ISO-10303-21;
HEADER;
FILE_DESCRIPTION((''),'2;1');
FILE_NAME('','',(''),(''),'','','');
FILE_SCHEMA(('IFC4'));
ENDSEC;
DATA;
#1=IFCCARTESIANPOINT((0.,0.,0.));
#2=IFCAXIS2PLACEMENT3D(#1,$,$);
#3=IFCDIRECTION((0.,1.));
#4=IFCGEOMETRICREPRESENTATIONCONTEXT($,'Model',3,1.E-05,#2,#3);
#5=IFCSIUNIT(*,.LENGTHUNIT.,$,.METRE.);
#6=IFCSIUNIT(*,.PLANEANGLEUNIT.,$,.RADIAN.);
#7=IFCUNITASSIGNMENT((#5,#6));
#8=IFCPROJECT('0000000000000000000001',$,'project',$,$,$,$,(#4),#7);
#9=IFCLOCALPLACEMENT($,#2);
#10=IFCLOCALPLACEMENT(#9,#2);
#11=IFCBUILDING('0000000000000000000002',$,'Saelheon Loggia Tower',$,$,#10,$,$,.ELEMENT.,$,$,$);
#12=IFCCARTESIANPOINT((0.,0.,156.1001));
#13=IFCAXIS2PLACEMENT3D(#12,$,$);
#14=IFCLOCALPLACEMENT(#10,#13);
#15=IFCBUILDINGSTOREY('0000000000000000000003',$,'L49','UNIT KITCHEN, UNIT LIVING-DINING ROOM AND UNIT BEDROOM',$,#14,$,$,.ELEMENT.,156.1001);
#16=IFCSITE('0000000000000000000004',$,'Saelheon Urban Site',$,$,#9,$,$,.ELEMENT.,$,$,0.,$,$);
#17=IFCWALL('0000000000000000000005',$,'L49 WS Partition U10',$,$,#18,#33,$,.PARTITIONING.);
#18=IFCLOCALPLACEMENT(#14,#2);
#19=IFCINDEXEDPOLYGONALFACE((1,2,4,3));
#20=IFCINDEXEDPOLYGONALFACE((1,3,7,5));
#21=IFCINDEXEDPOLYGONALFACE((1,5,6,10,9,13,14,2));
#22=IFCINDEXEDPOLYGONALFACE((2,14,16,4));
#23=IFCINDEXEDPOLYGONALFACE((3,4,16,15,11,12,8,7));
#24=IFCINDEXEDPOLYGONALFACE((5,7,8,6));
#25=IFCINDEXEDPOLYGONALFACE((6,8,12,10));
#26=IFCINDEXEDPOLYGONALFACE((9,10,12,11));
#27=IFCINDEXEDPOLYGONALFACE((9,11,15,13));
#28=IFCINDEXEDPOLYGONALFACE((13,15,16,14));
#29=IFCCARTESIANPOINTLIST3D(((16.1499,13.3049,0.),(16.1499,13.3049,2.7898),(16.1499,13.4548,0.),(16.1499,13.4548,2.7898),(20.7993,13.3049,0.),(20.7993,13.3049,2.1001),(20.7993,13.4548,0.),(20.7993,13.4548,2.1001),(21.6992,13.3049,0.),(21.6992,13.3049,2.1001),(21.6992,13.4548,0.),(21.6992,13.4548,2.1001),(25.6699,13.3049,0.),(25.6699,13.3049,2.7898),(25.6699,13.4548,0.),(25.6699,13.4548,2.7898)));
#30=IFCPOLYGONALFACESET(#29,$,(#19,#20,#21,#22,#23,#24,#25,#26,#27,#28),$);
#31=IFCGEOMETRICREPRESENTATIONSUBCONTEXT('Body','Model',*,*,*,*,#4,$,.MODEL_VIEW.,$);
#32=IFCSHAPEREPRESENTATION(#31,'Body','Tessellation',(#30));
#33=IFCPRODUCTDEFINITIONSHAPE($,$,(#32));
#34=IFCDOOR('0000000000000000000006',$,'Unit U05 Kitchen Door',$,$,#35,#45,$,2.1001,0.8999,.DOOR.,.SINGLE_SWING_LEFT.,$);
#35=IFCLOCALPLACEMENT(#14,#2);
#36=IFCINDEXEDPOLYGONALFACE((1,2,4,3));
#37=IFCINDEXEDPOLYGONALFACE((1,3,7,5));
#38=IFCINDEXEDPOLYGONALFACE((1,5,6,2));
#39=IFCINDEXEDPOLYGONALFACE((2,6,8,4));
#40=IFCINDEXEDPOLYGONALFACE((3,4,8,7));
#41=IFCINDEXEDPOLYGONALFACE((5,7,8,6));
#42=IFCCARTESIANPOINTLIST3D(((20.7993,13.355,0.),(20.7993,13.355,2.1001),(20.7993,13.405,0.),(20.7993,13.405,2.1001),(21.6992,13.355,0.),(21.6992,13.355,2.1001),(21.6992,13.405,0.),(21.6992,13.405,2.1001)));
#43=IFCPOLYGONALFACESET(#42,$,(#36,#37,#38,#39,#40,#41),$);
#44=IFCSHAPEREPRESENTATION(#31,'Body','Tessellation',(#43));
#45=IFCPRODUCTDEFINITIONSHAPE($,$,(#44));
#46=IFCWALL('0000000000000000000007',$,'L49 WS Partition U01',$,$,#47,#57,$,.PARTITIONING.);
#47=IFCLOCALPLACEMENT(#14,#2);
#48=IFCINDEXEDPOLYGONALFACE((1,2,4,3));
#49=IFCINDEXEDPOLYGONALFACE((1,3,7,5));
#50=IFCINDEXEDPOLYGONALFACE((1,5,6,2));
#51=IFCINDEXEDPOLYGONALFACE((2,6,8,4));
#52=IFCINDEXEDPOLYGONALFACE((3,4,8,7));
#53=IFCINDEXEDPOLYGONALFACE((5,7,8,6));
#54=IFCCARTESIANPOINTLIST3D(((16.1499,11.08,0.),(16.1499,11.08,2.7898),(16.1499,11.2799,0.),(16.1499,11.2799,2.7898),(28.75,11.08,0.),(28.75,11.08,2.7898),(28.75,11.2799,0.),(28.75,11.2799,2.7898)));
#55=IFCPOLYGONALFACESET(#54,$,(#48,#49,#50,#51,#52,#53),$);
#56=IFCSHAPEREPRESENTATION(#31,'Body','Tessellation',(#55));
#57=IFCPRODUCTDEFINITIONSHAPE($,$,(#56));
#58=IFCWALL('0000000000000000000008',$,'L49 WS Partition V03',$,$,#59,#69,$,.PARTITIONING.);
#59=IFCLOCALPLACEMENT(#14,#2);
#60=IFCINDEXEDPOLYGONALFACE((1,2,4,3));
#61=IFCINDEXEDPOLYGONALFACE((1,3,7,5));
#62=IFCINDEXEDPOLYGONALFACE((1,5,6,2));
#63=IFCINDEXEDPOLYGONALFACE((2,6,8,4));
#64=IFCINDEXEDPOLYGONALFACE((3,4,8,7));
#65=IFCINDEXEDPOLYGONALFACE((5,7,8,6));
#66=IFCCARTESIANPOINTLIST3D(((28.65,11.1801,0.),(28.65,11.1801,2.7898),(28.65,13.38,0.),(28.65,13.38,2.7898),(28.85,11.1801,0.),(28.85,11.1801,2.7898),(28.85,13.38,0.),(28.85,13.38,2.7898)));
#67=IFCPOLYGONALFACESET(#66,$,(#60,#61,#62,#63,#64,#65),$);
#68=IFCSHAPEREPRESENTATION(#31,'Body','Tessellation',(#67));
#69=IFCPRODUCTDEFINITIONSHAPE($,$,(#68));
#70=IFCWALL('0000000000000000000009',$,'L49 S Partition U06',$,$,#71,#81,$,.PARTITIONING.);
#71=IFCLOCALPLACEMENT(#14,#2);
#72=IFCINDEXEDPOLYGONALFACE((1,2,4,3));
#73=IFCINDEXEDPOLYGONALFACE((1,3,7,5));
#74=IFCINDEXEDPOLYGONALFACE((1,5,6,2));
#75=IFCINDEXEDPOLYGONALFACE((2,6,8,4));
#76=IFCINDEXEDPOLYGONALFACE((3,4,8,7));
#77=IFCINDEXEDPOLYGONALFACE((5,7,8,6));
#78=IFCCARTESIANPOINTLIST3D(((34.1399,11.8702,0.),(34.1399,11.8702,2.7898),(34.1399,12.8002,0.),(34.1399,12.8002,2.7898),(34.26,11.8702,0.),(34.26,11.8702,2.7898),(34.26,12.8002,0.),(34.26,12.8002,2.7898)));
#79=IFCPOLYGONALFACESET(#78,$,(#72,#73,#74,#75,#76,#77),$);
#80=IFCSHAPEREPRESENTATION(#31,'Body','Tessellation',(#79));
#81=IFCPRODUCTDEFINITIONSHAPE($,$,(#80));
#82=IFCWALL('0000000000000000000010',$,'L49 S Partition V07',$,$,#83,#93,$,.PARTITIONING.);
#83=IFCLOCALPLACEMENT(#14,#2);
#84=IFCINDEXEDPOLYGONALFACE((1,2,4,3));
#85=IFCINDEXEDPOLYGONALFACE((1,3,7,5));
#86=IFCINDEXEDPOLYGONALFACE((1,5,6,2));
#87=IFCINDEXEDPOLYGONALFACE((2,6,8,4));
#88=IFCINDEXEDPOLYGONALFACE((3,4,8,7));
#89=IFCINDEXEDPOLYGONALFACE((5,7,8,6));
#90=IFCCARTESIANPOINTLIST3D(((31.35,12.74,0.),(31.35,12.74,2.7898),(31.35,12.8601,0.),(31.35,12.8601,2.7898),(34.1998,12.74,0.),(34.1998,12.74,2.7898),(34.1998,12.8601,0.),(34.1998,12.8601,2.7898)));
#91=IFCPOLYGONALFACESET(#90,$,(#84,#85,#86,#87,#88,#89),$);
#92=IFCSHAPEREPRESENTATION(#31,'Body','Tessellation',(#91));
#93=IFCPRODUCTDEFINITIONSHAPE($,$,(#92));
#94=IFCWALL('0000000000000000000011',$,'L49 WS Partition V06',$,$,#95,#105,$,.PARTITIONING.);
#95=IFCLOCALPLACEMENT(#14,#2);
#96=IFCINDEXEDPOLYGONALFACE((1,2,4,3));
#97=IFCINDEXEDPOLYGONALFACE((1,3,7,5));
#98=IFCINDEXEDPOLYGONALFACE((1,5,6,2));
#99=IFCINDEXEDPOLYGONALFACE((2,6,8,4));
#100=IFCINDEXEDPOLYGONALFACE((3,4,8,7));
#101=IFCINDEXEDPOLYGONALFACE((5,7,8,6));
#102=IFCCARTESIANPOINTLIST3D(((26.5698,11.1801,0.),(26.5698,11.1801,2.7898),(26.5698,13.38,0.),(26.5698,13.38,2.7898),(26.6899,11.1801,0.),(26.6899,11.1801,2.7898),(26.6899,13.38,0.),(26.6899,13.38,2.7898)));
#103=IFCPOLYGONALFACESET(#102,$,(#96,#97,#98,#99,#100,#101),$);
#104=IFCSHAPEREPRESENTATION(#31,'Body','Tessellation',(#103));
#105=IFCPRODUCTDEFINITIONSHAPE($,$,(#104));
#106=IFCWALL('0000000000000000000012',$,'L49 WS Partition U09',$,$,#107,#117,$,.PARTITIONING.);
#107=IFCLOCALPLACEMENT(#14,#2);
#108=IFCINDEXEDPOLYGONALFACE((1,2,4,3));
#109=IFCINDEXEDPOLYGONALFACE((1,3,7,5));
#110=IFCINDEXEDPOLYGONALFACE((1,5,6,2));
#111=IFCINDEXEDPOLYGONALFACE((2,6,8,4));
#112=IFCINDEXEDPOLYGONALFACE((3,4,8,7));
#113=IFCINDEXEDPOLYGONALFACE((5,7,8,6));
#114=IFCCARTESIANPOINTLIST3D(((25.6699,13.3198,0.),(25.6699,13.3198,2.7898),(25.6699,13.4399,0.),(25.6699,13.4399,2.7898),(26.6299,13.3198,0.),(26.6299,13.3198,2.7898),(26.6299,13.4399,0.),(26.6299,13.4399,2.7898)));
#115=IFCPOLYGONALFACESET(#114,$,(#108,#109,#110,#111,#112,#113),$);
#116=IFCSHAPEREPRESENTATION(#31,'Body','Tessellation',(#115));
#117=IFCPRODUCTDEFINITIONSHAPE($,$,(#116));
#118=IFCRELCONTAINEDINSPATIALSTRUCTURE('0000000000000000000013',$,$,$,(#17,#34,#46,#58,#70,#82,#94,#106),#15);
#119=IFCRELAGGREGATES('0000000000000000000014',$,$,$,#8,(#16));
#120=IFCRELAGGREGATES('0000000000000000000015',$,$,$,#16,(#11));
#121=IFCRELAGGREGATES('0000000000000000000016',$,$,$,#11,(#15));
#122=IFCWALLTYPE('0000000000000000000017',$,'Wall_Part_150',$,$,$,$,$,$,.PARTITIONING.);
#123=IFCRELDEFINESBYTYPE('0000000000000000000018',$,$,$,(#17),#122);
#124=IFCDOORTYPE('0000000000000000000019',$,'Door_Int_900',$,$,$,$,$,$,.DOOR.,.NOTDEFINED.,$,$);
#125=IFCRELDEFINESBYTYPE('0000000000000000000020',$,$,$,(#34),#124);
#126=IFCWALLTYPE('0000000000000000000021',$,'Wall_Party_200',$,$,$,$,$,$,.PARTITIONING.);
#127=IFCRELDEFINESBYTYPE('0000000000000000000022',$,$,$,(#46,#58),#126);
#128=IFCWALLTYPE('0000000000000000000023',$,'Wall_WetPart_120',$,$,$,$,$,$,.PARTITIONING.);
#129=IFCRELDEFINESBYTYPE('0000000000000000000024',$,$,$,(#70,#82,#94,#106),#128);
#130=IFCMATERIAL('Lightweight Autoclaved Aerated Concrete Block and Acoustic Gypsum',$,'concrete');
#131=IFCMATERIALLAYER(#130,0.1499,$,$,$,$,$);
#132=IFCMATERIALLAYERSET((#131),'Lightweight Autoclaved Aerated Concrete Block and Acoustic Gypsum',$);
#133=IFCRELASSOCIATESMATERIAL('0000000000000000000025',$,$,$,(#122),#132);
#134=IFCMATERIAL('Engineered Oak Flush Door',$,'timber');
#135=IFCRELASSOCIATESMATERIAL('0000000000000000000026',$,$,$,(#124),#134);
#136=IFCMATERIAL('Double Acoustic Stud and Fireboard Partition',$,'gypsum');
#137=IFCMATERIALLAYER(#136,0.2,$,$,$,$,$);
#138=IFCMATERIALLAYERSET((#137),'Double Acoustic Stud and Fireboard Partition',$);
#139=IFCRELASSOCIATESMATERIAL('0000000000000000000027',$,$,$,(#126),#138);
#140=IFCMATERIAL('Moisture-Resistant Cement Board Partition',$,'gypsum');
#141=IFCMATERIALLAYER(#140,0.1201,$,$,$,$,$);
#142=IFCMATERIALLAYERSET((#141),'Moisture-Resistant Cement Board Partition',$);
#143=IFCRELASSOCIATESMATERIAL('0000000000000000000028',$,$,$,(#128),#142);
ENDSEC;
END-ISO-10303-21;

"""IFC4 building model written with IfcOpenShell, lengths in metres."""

from ifc_helpers import new_model, si_unit, direction, frame, frame_2d, origin, place, context, subcontext, project, spatial, rectangle, extrude, source, transform, mapped, material, layer, layer_set, type_object, element, fill, save


model = new_model("IFC4")

# Units and contexts
model_context = context("Model", 3, precision=1e-05, world=origin(), true_north=direction((0.0, 1.0)))
body_context = subcontext(model_context, "Body", "Model", "MODEL_VIEW")
ifc_project = project(units=[si_unit("LENGTHUNIT", "METRE"), si_unit("PLANEANGLEUNIT", "RADIAN")], contexts=[model_context])

# Site, building, storey
site_placement = place(None, origin())
site = spatial("IfcSite", under=ifc_project, at=site_placement, Name="Saelheon Urban Site", CompositionType="ELEMENT", RefElevation=0.0)
building_placement = place(site_placement, origin())
building = spatial("IfcBuilding", under=site, at=building_placement, Name="Saelheon Loggia Tower", CompositionType="ELEMENT")
storey_placement = place(building_placement, frame((0.0, 0.0, 156.1001)))
storey = spatial("IfcBuildingStorey", under=building, at=storey_placement, Name="L49", Description="UNIT KITCHEN, UNIT LIVING-DINING ROOM AND UNIT BEDROOM", CompositionType="ELEMENT", Elevation=156.1001)

# Wall, opening, door
ifc_material_1 = material(Name="Lightweight Autoclaved Aerated Concrete Block and Acoustic Gypsum", Category="concrete")
ifc_layer_1 = layer(ifc_material_1, 0.1499)
ifc_layer_set_1 = layer_set([ifc_layer_1], Name="Lightweight Autoclaved Aerated Concrete Block and Acoustic Gypsum")
wall_type_1 = type_object("IfcWallType", Name="Wall_Part_150", PredefinedType="PARTITIONING", material=ifc_layer_set_1)
ifc_material_2 = material(Name="Engineered Oak Flush Door", Category="timber")
door_type = type_object("IfcDoorType", Name="Door_Int_900", OperationType="NOTDEFINED", PredefinedType="DOOR", material=ifc_material_2)
shared_shape_1 = source(origin(), body_context, "Body", "SweptSolid", [
    extrude(rectangle(XDim=0.8999, YDim=2.1001, at=frame_2d((0.45, 1.05))), frame((0.0, 0.0249, 0.0), z_axis=(0.0, -1.0, 0.0), x_axis=(1.0, 0.0, 0.0)), (0.0, 0.0, 1.0), 0.05),
])
wall_1_placement = place(storey_placement, frame((25.6699, 13.3799, 0.0), z_axis=(0.0, 0.0, 1.0), x_axis=(-1.0, 0.0, 0.0)))
wall_1 = element("IfcWall", 1, at=wall_1_placement, inside=storey, type_object=wall_type_1, Name="L49 WS Partition U10", PredefinedType="PARTITIONING", context=body_context, shape_type="SweptSolid", body=[
    extrude(rectangle(XDim=9.52, YDim=0.1499, at=frame_2d((4.76, 0.0))), origin(), (0.0, 0.0, 1.0), 2.7898),
])
opening_1_placement = place(wall_1_placement, frame((3.9707, 0.0, 0.0)))
opening_1 = element("IfcOpeningElement", 2, at=opening_1_placement, cuts=wall_1, PredefinedType="OPENING", context=body_context, shape_type="SweptSolid", body=[
    extrude(rectangle(XDim=0.8999, YDim=2.1001, at=frame_2d((0.45, 1.05))), frame((0.0, 0.0869, 0.0), z_axis=(0.0, -1.0, 0.0), x_axis=(1.0, 0.0, 0.0)), (0.0, 0.0, 1.0), 0.1738),
])
door_1_placement = place(opening_1_placement, origin())
door_1 = element("IfcDoor", 3, at=door_1_placement, inside=storey, type_object=door_type, Name="Unit U05 Kitchen Door", OperationType="SINGLE_SWING_LEFT", OverallHeight=2.1001, OverallWidth=0.8999, PredefinedType="DOOR", context=body_context, shape_type="MappedRepresentation", body=[
    mapped(shared_shape_1, transform((0.0, 0.0, 0.0), scale=1.0)),
])
fill(opening_1, door_1)

# Walls
ifc_material_3 = material(Name="Double Acoustic Stud and Fireboard Partition", Category="gypsum")
ifc_layer_2 = layer(ifc_material_3, 0.2)
ifc_layer_set_2 = layer_set([ifc_layer_2], Name="Double Acoustic Stud and Fireboard Partition")
wall_type_2 = type_object("IfcWallType", Name="Wall_Party_200", PredefinedType="PARTITIONING", material=ifc_layer_set_2)
wall_2_placement = place(storey_placement, frame((28.75, 11.1799, 0.0), z_axis=(0.0, 0.0, 1.0), x_axis=(-1.0, 0.0, 0.0)))
element("IfcWall", 4, at=wall_2_placement, inside=storey, type_object=wall_type_2, Name="L49 WS Partition U01", PredefinedType="PARTITIONING", context=body_context, shape_type="SweptSolid", body=[
    extrude(rectangle(XDim=12.6001, YDim=0.2, at=frame_2d((6.3, 0.0))), origin(), (0.0, 0.0, 1.0), 2.7898),
])
wall_3_placement = place(storey_placement, frame((28.75, 11.1799, 0.0), z_axis=(0.0, 0.0, 1.0), x_axis=(0.0, 1.0, 0.0)))
element("IfcWall", 5, at=wall_3_placement, inside=storey, type_object=wall_type_2, Name="L49 WS Partition V03", PredefinedType="PARTITIONING", context=body_context, shape_type="SweptSolid", body=[
    extrude(rectangle(XDim=2.2, YDim=0.2, at=frame_2d((1.1001, 0.0))), origin(), (0.0, 0.0, 1.0), 2.7898),
])
ifc_material_4 = material(Name="Moisture-Resistant Cement Board Partition", Category="gypsum")
ifc_layer_3 = layer(ifc_material_4, 0.1201)
ifc_layer_set_3 = layer_set([ifc_layer_3], Name="Moisture-Resistant Cement Board Partition")
wall_type_3 = type_object("IfcWallType", Name="Wall_WetPart_120", PredefinedType="PARTITIONING", material=ifc_layer_set_3)
wall_4_placement = place(storey_placement, frame((34.2, 12.8, 0.0), z_axis=(0.0, 0.0, 1.0), x_axis=(0.0, -1.0, 0.0)))
element("IfcWall", 6, at=wall_4_placement, inside=storey, type_object=wall_type_3, Name="L49 S Partition U06", PredefinedType="PARTITIONING", context=body_context, shape_type="SweptSolid", body=[
    extrude(rectangle(XDim=0.9299, YDim=0.1201, at=frame_2d((0.4648, 0.0))), origin(), (0.0, 0.0, 1.0), 2.7898),
])
wall_5_placement = place(storey_placement, frame((31.3501, 12.8, 0.0), z_axis=(0.0, 0.0, 1.0), x_axis=(1.0, 0.0, 0.0)))
element("IfcWall", 7, at=wall_5_placement, inside=storey, type_object=wall_type_3, Name="L49 S Partition V07", PredefinedType="PARTITIONING", context=body_context, shape_type="SweptSolid", body=[
    extrude(rectangle(XDim=2.8499, YDim=0.1201, at=frame_2d((1.4248, 0.0))), origin(), (0.0, 0.0, 1.0), 2.7898),
])
wall_6_placement = place(storey_placement, frame((26.6299, 11.1799, 0.0), z_axis=(0.0, 0.0, 1.0), x_axis=(0.0, 1.0, 0.0)))
element("IfcWall", 8, at=wall_6_placement, inside=storey, type_object=wall_type_3, Name="L49 WS Partition V06", PredefinedType="PARTITIONING", context=body_context, shape_type="SweptSolid", body=[
    extrude(rectangle(XDim=2.2, YDim=0.1201, at=frame_2d((1.1001, 0.0))), origin(), (0.0, 0.0, 1.0), 2.7898),
])
wall_7_placement = place(storey_placement, frame((26.6299, 13.3799, 0.0), z_axis=(0.0, 0.0, 1.0), x_axis=(-1.0, 0.0, 0.0)))
element("IfcWall", 9, at=wall_7_placement, inside=storey, type_object=wall_type_3, Name="L49 WS Partition U09", PredefinedType="PARTITIONING", context=body_context, shape_type="SweptSolid", body=[
    extrude(rectangle(XDim=0.96, YDim=0.1201, at=frame_2d((0.48, 0.0))), origin(), (0.0, 0.0, 1.0), 2.7898),
])

save(model, "model.ifc")
